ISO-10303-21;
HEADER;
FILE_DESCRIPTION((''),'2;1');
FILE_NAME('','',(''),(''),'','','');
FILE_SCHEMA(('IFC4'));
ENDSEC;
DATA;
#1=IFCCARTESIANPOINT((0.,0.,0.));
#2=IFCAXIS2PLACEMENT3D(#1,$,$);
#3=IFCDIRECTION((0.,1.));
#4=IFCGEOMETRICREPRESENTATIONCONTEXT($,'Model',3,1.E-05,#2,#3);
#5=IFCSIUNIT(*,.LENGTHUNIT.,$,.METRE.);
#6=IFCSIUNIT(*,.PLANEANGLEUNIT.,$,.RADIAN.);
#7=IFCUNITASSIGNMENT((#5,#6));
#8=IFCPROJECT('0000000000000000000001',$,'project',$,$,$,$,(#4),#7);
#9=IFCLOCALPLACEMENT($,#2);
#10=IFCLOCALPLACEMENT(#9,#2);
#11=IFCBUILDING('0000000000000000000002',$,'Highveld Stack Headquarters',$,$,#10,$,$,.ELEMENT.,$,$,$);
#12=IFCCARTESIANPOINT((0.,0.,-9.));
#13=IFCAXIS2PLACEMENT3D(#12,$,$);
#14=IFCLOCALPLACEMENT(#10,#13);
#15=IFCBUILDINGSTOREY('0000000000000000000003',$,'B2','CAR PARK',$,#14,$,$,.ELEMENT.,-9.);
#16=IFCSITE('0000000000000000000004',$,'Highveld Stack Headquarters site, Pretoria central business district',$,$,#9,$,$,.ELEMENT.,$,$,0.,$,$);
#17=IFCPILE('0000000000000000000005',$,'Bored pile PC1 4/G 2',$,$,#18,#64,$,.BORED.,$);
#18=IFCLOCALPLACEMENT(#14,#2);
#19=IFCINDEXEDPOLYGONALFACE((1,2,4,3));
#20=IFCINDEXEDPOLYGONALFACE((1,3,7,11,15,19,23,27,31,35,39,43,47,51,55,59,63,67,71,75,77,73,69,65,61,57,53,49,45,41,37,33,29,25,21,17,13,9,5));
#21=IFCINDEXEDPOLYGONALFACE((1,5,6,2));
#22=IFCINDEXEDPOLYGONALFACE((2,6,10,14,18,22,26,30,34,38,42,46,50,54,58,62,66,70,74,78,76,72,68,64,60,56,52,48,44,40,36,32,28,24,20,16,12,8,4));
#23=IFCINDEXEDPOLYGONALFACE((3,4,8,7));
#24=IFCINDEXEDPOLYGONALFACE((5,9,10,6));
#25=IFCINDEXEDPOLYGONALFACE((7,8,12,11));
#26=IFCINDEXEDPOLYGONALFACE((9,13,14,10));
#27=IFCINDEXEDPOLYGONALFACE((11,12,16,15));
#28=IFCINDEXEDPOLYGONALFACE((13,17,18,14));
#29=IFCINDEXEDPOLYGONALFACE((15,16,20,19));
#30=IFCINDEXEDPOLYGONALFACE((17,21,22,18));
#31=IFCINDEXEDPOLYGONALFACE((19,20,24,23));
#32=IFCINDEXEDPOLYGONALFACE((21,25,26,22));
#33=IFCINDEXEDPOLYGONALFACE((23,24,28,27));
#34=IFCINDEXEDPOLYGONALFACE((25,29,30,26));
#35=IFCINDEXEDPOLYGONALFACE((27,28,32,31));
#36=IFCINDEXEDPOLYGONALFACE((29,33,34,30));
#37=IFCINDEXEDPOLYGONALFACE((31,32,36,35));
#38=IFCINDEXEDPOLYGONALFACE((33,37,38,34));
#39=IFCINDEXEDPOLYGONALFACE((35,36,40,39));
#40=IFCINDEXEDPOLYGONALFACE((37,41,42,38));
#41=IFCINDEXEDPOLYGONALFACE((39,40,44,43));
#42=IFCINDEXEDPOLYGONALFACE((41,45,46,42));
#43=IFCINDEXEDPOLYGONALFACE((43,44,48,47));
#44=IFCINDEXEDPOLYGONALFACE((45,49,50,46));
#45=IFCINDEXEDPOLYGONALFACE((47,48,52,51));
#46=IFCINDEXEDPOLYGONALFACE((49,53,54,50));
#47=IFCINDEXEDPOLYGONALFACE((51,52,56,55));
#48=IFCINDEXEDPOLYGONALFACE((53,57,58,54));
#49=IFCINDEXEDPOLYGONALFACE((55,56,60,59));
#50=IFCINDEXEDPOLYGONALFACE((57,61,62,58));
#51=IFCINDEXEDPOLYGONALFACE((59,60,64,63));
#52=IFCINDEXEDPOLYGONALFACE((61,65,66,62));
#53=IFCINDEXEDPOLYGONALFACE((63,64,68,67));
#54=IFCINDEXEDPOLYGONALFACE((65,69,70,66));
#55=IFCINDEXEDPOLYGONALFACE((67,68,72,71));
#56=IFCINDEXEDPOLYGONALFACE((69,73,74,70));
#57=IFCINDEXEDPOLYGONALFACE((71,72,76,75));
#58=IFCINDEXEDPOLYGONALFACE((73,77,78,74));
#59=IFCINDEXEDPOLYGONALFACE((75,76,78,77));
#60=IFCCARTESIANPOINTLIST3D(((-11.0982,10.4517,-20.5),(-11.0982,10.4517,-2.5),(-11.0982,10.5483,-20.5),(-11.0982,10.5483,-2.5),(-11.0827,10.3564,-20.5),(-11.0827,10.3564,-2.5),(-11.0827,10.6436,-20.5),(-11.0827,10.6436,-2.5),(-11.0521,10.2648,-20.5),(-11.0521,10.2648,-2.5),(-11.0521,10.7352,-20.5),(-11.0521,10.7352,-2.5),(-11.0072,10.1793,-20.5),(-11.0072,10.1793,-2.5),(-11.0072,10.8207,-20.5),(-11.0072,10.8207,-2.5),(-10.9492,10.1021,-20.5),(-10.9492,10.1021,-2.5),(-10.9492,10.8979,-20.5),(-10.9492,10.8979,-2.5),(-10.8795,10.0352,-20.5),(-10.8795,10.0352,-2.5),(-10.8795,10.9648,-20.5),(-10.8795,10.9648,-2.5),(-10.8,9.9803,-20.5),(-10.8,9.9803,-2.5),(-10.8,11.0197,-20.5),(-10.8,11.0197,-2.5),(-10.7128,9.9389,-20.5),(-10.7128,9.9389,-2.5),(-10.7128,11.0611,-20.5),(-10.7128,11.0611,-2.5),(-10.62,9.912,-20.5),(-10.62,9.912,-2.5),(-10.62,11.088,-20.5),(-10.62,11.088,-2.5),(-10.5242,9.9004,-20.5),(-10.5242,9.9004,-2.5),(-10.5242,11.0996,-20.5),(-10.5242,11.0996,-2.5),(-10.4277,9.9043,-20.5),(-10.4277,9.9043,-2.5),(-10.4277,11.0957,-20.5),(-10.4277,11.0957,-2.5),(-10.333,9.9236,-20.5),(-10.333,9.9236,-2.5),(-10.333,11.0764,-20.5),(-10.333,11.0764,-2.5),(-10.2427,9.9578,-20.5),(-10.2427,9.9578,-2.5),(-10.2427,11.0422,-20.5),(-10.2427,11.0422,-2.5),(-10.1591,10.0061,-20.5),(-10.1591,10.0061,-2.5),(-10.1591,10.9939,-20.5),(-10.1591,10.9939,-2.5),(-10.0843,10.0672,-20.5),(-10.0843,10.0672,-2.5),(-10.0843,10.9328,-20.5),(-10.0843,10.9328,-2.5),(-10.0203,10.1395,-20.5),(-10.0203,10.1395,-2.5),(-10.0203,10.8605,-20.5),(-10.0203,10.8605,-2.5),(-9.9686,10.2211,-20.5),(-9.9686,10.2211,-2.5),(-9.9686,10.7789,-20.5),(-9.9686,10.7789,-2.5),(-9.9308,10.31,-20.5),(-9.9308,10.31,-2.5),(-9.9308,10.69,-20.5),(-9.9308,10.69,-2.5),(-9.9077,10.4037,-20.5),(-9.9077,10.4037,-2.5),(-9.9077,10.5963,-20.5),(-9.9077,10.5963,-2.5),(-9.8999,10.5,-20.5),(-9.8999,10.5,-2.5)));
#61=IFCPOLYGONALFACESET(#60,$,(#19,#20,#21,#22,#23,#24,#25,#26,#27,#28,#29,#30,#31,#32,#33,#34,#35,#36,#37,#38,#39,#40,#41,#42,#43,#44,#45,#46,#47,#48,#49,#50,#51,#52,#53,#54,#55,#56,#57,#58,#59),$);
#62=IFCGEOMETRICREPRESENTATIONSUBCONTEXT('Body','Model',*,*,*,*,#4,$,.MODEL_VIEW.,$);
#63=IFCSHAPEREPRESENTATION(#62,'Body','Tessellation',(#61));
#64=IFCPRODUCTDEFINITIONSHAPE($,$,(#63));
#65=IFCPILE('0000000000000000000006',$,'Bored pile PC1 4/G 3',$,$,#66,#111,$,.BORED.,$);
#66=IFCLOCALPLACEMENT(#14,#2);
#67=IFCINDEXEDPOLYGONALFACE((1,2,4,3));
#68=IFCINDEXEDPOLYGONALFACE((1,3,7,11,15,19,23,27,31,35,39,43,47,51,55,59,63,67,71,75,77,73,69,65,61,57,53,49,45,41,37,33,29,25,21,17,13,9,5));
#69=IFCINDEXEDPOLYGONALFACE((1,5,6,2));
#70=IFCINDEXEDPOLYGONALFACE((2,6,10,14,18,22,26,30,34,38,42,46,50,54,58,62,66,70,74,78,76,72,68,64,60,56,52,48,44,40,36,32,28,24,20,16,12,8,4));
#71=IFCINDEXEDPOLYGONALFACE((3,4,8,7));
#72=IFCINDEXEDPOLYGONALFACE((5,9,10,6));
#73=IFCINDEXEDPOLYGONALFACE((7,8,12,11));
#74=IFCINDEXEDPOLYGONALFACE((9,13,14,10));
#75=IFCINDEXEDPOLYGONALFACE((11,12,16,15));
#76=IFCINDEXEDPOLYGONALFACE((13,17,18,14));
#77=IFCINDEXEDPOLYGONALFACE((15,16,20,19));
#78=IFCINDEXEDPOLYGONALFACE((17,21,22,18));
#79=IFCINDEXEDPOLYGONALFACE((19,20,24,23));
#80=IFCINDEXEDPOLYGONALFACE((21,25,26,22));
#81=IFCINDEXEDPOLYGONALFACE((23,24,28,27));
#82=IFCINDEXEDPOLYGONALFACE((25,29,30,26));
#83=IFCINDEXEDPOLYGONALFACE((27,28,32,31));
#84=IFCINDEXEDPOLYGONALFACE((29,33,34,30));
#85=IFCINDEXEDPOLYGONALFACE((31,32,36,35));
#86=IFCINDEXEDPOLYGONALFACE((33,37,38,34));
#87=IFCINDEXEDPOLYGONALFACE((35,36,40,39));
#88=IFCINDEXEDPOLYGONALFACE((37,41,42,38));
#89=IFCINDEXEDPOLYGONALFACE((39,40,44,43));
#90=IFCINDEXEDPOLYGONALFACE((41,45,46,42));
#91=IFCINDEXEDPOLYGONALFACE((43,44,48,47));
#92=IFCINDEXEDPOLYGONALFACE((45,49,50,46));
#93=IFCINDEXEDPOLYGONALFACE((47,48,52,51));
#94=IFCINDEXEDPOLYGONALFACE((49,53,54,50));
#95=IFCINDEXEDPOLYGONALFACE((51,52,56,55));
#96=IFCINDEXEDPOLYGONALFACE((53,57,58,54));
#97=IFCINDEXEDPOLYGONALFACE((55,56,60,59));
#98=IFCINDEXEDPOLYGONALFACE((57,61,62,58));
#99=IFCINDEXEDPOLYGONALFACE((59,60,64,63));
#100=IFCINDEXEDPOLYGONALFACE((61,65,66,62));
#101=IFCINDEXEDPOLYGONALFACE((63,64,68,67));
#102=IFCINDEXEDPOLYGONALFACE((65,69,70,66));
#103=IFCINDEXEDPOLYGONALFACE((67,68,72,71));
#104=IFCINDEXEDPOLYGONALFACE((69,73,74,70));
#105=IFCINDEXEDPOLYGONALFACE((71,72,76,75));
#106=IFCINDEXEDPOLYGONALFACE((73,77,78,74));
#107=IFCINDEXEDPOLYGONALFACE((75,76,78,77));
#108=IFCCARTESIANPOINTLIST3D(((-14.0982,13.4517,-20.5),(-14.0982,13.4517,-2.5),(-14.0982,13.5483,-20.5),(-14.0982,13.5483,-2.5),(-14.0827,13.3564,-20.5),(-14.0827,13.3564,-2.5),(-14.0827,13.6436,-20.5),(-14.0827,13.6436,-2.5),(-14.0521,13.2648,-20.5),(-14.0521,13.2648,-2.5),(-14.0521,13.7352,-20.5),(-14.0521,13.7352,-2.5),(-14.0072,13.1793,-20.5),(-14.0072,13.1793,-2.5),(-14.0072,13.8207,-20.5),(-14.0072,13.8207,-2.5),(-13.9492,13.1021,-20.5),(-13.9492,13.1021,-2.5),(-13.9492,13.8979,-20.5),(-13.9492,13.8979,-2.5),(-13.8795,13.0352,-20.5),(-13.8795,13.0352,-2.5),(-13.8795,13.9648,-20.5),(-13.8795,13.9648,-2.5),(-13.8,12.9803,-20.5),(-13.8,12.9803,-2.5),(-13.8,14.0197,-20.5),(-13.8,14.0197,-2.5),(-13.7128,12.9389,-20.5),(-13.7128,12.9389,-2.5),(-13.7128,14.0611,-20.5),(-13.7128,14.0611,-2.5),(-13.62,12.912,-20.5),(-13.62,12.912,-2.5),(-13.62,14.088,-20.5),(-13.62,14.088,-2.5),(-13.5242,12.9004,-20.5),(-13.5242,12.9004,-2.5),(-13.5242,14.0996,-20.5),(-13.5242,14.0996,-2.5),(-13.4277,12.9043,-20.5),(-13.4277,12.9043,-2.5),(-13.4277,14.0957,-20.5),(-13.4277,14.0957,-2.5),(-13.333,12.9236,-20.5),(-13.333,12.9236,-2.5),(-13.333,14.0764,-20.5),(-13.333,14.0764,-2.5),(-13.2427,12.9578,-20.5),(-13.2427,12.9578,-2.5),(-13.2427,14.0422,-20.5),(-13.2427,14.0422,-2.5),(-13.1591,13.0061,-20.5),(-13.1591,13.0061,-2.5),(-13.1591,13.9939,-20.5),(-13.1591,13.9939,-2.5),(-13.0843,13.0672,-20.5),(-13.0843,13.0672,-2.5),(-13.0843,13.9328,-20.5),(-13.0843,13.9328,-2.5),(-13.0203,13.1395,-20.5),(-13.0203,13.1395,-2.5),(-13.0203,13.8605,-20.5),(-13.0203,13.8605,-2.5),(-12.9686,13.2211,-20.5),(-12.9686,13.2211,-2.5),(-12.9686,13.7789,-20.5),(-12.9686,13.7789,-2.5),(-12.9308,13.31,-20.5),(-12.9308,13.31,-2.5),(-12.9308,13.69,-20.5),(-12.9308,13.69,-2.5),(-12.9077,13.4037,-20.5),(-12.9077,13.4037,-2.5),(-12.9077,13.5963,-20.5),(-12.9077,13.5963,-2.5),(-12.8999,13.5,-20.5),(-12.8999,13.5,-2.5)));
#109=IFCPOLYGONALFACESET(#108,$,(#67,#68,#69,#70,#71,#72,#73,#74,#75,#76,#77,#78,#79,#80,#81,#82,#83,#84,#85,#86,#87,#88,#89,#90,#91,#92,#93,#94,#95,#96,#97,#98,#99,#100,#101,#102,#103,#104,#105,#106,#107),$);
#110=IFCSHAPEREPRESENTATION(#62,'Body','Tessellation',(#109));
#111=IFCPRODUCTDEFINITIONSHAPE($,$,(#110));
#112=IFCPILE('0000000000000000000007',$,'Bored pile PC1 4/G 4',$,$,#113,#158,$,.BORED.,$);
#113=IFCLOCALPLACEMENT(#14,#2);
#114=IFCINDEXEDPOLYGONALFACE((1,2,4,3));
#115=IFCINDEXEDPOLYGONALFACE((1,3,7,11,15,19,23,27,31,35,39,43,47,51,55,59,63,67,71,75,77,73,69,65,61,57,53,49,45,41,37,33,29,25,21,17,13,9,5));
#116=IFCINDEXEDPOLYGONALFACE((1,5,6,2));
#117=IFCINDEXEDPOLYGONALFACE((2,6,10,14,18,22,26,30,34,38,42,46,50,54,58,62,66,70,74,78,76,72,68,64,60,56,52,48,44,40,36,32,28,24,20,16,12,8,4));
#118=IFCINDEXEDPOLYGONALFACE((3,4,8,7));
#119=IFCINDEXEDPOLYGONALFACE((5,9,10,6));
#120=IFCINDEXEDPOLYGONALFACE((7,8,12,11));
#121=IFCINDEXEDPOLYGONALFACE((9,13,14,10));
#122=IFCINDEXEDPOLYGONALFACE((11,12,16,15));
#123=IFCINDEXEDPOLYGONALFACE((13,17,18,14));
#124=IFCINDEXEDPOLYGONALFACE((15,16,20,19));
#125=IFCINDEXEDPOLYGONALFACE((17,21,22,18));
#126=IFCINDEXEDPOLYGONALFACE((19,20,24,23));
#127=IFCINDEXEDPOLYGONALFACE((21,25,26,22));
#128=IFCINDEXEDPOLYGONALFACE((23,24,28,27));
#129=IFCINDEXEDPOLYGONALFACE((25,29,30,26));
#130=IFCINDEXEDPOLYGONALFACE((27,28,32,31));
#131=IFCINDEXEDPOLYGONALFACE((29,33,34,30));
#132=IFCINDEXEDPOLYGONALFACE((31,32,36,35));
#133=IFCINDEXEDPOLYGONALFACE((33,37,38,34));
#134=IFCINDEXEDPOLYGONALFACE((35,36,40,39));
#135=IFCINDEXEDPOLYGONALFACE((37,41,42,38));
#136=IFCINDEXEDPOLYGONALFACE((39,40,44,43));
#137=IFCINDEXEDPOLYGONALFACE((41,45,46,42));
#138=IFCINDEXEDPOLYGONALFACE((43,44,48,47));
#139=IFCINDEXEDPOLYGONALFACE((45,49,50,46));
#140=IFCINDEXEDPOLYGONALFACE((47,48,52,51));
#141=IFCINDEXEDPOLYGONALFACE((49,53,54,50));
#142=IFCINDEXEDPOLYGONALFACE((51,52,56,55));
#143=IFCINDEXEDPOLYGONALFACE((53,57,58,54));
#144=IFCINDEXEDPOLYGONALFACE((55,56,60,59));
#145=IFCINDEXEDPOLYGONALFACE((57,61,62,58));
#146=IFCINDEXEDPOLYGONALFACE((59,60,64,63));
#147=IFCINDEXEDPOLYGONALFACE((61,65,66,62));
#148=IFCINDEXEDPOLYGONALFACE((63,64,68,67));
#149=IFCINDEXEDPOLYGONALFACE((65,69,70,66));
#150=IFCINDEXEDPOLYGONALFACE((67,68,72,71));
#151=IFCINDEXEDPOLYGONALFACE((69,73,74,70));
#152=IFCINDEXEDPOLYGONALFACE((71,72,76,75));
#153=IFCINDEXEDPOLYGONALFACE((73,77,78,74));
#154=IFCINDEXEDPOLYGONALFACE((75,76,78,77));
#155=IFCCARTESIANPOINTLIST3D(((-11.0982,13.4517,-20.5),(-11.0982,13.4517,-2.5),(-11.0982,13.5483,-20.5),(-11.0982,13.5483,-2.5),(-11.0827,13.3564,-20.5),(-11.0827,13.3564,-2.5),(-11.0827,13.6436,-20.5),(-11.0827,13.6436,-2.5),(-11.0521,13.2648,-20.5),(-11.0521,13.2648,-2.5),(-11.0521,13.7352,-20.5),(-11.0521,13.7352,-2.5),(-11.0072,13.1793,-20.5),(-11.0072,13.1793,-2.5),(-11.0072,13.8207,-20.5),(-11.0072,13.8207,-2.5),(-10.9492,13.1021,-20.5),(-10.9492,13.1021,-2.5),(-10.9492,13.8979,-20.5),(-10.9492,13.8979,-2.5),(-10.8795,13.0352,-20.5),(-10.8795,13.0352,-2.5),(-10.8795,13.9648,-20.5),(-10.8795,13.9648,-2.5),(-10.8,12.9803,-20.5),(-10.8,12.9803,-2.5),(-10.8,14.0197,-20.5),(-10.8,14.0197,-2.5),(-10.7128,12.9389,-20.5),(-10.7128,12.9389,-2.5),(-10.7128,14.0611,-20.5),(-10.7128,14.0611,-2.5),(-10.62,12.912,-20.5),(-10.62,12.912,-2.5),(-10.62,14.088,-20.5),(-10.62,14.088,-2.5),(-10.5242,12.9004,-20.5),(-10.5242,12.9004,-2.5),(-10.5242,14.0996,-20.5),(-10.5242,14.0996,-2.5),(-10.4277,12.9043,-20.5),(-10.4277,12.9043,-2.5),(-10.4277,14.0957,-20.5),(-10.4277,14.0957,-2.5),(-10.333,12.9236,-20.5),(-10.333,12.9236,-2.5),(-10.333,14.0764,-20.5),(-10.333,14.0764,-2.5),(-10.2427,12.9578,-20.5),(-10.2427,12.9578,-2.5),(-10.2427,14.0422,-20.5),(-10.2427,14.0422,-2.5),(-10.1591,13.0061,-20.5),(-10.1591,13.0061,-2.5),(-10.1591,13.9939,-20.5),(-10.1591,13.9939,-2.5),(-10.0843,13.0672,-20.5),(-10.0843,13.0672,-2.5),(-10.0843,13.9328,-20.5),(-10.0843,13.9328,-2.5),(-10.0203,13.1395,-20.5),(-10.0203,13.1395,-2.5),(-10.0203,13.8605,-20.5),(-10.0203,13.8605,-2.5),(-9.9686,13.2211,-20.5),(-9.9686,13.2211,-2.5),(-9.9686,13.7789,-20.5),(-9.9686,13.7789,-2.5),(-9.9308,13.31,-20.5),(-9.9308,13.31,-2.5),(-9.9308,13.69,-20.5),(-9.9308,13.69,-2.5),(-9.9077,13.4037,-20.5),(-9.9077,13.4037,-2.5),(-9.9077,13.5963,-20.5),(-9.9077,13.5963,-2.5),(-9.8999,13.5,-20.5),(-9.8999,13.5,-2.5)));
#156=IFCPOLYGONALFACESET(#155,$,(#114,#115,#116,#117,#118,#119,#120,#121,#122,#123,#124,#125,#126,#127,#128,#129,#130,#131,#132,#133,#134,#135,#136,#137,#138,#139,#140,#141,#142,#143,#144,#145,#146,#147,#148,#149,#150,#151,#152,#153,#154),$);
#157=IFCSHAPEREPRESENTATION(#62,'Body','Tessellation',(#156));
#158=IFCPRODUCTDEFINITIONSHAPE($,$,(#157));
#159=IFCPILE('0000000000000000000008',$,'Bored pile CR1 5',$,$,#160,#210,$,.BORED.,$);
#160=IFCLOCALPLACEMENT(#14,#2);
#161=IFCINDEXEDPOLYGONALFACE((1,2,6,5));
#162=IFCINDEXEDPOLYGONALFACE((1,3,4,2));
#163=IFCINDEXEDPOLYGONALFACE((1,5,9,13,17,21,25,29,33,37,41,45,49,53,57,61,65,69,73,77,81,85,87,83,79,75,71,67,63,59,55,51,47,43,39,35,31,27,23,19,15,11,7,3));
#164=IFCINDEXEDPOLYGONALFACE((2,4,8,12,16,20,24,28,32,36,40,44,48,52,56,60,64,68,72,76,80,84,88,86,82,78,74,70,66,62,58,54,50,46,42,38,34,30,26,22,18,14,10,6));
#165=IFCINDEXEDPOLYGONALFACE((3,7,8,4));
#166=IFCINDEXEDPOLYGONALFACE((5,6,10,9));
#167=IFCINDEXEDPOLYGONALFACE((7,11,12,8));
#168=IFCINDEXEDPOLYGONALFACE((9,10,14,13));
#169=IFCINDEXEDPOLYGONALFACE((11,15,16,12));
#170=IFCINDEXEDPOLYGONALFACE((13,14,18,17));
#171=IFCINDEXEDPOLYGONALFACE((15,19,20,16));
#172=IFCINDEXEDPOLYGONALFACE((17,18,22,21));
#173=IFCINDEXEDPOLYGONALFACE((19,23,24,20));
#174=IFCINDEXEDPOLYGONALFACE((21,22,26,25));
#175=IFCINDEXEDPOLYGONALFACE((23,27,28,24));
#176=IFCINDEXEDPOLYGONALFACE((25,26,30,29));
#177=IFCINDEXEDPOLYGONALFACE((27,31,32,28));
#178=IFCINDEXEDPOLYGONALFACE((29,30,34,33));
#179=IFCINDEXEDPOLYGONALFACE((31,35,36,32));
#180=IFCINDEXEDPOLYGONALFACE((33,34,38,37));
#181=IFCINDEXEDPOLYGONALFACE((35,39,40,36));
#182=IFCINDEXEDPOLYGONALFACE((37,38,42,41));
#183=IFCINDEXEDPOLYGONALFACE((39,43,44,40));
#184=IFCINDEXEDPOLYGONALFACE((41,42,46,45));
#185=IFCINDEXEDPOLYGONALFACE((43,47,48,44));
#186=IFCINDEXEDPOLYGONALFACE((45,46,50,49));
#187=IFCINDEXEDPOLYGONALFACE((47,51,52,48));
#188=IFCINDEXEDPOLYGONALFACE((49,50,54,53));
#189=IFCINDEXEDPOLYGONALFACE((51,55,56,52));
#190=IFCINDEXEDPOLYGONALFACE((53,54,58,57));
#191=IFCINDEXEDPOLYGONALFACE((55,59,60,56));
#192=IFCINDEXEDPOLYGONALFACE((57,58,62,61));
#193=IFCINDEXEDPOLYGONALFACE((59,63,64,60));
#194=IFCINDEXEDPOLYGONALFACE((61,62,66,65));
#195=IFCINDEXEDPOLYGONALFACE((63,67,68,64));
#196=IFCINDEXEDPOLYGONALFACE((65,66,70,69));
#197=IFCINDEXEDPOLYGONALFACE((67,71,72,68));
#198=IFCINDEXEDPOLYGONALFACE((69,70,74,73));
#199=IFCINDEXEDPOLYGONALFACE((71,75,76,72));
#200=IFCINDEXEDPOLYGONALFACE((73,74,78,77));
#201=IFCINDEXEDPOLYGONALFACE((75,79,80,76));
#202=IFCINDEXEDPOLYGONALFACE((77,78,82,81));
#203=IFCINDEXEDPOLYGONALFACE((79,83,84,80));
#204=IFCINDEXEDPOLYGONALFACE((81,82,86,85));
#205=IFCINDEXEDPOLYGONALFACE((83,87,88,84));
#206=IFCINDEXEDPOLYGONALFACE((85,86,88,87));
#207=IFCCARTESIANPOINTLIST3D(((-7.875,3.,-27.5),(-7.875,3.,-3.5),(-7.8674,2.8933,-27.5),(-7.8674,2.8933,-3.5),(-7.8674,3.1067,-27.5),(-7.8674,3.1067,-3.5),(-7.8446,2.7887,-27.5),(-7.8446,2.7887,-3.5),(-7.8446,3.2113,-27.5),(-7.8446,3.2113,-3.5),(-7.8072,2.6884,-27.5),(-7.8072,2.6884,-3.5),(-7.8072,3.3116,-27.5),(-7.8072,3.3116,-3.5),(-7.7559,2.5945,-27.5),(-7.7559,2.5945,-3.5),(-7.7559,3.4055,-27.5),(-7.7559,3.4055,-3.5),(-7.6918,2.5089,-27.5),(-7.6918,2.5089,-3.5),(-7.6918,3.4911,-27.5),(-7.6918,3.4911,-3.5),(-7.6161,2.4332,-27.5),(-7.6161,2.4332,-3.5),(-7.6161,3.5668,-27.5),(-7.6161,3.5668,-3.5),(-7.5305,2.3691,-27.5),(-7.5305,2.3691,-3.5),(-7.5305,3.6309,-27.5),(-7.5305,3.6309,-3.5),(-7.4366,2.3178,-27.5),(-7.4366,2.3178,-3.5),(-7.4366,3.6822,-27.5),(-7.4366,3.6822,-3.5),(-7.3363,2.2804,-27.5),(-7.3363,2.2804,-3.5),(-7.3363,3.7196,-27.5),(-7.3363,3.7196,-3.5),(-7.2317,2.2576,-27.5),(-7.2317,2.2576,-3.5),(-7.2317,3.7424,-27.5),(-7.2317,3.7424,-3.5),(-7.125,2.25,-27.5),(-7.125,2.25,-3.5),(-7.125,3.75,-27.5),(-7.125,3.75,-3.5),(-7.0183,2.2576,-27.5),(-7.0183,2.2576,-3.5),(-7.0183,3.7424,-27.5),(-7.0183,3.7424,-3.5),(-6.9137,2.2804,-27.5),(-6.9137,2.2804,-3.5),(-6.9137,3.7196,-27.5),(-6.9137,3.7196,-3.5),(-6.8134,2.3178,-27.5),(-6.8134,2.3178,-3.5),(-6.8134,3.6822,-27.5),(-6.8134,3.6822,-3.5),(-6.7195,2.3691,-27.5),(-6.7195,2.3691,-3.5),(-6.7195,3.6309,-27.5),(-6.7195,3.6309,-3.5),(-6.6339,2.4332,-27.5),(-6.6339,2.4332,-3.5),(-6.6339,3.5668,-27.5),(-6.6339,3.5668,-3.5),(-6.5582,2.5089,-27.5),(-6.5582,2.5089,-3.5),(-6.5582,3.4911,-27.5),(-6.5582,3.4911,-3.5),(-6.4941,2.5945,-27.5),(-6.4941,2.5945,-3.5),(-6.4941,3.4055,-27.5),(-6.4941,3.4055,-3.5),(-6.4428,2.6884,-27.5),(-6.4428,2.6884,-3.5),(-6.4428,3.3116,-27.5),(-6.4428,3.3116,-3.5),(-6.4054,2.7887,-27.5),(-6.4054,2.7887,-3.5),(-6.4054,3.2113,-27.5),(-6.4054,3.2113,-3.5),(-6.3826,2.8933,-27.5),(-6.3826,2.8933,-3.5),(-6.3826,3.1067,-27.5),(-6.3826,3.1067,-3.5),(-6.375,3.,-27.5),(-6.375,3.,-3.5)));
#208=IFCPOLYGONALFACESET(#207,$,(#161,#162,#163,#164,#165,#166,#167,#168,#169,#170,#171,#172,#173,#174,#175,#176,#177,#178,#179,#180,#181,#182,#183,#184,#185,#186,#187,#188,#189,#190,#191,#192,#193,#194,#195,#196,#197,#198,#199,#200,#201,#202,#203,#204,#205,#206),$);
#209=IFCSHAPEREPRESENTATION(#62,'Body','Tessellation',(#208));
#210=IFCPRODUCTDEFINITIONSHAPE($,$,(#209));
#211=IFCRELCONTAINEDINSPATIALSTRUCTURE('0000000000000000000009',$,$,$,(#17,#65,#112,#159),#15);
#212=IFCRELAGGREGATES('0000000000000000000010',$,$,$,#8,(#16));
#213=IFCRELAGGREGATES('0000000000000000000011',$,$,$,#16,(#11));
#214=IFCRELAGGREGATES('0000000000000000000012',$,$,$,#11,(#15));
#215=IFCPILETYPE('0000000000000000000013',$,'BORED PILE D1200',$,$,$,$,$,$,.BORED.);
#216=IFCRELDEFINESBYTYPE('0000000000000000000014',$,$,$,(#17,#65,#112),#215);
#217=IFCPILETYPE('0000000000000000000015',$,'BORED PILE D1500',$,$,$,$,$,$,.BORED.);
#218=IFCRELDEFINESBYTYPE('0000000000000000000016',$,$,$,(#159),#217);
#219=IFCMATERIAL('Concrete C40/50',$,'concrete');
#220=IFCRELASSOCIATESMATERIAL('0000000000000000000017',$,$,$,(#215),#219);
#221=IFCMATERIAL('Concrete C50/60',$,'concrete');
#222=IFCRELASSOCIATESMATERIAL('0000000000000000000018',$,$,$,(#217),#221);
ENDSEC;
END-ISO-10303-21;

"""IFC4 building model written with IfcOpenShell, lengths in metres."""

from ifc_helpers import new_model, si_unit, direction, frame, origin, origin_2d, place, context, subcontext, project, spatial, circle, extrude, material, type_object, element, save


model = new_model("IFC4")

# Units and contexts
model_context = context("Model", 3, precision=1e-05, world=origin(), true_north=direction((0.0, 1.0)))
body_context = subcontext(model_context, "Body", "Model", "MODEL_VIEW")
ifc_project = project(units=[si_unit("LENGTHUNIT", "METRE"), si_unit("PLANEANGLEUNIT", "RADIAN")], contexts=[model_context])

# Site, building, storey
site_placement = place(None, origin())
site = spatial("IfcSite", under=ifc_project, at=site_placement, Name="Highveld Stack Headquarters site, Pretoria central business district", CompositionType="ELEMENT", RefElevation=0.0)
building_placement = place(site_placement, origin())
building = spatial("IfcBuilding", under=site, at=building_placement, Name="Highveld Stack Headquarters", CompositionType="ELEMENT")
storey_placement = place(building_placement, frame((0.0, 0.0, -9.0)))
storey = spatial("IfcBuildingStorey", under=building, at=storey_placement, Name="B2", Description="CAR PARK", CompositionType="ELEMENT", Elevation=-9.0)

# Piles
ifc_material_1 = material(Name="Concrete C40/50", Category="concrete")
pile_type_1 = type_object("IfcPileType", Name="BORED PILE D1200", PredefinedType="BORED", material=ifc_material_1)
for number, where, z_axis, x_axis, name in (
    (1, (-10.5, 10.5, -2.5), (0.0, 0.0, -1.0), (1.0, 0.0, 0.0), "Bored pile PC1 4/G 2"),
    (2, (-13.5, 13.5, -2.5), (0.0, 0.0, -1.0), (1.0, 0.0, 0.0), "Bored pile PC1 4/G 3"),
    (3, (-10.5, 13.5, -2.5), (0.0, 0.0, -1.0), (1.0, 0.0, 0.0), "Bored pile PC1 4/G 4"),
):
    element("IfcPile", number, at=place(storey_placement, frame(where, z_axis=z_axis, x_axis=x_axis)), inside=storey, type_object=pile_type_1, Name=name, PredefinedType="BORED", context=body_context, shape_type="SweptSolid", body=[
        extrude(circle(Radius=0.6001, at=origin_2d()), origin(), (0.0, 0.0, 1.0), 18.0),
    ])
ifc_material_2 = material(Name="Concrete C50/60", Category="concrete")
pile_type_2 = type_object("IfcPileType", Name="BORED PILE D1500", PredefinedType="BORED", material=ifc_material_2)
for number, where, z_axis, x_axis, name in (
    (4, (-7.125, 3.0, -3.5), (0.0, 0.0, -1.0), (1.0, 0.0, 0.0), "Bored pile CR1 5"),
):
    element("IfcPile", number, at=place(storey_placement, frame(where, z_axis=z_axis, x_axis=x_axis)), inside=storey, type_object=pile_type_2, Name=name, PredefinedType="BORED", context=body_context, shape_type="SweptSolid", body=[
        extrude(circle(Radius=0.75, at=origin_2d()), origin(), (0.0, 0.0, 1.0), 24.0),
    ])

save(model, "model.ifc")
